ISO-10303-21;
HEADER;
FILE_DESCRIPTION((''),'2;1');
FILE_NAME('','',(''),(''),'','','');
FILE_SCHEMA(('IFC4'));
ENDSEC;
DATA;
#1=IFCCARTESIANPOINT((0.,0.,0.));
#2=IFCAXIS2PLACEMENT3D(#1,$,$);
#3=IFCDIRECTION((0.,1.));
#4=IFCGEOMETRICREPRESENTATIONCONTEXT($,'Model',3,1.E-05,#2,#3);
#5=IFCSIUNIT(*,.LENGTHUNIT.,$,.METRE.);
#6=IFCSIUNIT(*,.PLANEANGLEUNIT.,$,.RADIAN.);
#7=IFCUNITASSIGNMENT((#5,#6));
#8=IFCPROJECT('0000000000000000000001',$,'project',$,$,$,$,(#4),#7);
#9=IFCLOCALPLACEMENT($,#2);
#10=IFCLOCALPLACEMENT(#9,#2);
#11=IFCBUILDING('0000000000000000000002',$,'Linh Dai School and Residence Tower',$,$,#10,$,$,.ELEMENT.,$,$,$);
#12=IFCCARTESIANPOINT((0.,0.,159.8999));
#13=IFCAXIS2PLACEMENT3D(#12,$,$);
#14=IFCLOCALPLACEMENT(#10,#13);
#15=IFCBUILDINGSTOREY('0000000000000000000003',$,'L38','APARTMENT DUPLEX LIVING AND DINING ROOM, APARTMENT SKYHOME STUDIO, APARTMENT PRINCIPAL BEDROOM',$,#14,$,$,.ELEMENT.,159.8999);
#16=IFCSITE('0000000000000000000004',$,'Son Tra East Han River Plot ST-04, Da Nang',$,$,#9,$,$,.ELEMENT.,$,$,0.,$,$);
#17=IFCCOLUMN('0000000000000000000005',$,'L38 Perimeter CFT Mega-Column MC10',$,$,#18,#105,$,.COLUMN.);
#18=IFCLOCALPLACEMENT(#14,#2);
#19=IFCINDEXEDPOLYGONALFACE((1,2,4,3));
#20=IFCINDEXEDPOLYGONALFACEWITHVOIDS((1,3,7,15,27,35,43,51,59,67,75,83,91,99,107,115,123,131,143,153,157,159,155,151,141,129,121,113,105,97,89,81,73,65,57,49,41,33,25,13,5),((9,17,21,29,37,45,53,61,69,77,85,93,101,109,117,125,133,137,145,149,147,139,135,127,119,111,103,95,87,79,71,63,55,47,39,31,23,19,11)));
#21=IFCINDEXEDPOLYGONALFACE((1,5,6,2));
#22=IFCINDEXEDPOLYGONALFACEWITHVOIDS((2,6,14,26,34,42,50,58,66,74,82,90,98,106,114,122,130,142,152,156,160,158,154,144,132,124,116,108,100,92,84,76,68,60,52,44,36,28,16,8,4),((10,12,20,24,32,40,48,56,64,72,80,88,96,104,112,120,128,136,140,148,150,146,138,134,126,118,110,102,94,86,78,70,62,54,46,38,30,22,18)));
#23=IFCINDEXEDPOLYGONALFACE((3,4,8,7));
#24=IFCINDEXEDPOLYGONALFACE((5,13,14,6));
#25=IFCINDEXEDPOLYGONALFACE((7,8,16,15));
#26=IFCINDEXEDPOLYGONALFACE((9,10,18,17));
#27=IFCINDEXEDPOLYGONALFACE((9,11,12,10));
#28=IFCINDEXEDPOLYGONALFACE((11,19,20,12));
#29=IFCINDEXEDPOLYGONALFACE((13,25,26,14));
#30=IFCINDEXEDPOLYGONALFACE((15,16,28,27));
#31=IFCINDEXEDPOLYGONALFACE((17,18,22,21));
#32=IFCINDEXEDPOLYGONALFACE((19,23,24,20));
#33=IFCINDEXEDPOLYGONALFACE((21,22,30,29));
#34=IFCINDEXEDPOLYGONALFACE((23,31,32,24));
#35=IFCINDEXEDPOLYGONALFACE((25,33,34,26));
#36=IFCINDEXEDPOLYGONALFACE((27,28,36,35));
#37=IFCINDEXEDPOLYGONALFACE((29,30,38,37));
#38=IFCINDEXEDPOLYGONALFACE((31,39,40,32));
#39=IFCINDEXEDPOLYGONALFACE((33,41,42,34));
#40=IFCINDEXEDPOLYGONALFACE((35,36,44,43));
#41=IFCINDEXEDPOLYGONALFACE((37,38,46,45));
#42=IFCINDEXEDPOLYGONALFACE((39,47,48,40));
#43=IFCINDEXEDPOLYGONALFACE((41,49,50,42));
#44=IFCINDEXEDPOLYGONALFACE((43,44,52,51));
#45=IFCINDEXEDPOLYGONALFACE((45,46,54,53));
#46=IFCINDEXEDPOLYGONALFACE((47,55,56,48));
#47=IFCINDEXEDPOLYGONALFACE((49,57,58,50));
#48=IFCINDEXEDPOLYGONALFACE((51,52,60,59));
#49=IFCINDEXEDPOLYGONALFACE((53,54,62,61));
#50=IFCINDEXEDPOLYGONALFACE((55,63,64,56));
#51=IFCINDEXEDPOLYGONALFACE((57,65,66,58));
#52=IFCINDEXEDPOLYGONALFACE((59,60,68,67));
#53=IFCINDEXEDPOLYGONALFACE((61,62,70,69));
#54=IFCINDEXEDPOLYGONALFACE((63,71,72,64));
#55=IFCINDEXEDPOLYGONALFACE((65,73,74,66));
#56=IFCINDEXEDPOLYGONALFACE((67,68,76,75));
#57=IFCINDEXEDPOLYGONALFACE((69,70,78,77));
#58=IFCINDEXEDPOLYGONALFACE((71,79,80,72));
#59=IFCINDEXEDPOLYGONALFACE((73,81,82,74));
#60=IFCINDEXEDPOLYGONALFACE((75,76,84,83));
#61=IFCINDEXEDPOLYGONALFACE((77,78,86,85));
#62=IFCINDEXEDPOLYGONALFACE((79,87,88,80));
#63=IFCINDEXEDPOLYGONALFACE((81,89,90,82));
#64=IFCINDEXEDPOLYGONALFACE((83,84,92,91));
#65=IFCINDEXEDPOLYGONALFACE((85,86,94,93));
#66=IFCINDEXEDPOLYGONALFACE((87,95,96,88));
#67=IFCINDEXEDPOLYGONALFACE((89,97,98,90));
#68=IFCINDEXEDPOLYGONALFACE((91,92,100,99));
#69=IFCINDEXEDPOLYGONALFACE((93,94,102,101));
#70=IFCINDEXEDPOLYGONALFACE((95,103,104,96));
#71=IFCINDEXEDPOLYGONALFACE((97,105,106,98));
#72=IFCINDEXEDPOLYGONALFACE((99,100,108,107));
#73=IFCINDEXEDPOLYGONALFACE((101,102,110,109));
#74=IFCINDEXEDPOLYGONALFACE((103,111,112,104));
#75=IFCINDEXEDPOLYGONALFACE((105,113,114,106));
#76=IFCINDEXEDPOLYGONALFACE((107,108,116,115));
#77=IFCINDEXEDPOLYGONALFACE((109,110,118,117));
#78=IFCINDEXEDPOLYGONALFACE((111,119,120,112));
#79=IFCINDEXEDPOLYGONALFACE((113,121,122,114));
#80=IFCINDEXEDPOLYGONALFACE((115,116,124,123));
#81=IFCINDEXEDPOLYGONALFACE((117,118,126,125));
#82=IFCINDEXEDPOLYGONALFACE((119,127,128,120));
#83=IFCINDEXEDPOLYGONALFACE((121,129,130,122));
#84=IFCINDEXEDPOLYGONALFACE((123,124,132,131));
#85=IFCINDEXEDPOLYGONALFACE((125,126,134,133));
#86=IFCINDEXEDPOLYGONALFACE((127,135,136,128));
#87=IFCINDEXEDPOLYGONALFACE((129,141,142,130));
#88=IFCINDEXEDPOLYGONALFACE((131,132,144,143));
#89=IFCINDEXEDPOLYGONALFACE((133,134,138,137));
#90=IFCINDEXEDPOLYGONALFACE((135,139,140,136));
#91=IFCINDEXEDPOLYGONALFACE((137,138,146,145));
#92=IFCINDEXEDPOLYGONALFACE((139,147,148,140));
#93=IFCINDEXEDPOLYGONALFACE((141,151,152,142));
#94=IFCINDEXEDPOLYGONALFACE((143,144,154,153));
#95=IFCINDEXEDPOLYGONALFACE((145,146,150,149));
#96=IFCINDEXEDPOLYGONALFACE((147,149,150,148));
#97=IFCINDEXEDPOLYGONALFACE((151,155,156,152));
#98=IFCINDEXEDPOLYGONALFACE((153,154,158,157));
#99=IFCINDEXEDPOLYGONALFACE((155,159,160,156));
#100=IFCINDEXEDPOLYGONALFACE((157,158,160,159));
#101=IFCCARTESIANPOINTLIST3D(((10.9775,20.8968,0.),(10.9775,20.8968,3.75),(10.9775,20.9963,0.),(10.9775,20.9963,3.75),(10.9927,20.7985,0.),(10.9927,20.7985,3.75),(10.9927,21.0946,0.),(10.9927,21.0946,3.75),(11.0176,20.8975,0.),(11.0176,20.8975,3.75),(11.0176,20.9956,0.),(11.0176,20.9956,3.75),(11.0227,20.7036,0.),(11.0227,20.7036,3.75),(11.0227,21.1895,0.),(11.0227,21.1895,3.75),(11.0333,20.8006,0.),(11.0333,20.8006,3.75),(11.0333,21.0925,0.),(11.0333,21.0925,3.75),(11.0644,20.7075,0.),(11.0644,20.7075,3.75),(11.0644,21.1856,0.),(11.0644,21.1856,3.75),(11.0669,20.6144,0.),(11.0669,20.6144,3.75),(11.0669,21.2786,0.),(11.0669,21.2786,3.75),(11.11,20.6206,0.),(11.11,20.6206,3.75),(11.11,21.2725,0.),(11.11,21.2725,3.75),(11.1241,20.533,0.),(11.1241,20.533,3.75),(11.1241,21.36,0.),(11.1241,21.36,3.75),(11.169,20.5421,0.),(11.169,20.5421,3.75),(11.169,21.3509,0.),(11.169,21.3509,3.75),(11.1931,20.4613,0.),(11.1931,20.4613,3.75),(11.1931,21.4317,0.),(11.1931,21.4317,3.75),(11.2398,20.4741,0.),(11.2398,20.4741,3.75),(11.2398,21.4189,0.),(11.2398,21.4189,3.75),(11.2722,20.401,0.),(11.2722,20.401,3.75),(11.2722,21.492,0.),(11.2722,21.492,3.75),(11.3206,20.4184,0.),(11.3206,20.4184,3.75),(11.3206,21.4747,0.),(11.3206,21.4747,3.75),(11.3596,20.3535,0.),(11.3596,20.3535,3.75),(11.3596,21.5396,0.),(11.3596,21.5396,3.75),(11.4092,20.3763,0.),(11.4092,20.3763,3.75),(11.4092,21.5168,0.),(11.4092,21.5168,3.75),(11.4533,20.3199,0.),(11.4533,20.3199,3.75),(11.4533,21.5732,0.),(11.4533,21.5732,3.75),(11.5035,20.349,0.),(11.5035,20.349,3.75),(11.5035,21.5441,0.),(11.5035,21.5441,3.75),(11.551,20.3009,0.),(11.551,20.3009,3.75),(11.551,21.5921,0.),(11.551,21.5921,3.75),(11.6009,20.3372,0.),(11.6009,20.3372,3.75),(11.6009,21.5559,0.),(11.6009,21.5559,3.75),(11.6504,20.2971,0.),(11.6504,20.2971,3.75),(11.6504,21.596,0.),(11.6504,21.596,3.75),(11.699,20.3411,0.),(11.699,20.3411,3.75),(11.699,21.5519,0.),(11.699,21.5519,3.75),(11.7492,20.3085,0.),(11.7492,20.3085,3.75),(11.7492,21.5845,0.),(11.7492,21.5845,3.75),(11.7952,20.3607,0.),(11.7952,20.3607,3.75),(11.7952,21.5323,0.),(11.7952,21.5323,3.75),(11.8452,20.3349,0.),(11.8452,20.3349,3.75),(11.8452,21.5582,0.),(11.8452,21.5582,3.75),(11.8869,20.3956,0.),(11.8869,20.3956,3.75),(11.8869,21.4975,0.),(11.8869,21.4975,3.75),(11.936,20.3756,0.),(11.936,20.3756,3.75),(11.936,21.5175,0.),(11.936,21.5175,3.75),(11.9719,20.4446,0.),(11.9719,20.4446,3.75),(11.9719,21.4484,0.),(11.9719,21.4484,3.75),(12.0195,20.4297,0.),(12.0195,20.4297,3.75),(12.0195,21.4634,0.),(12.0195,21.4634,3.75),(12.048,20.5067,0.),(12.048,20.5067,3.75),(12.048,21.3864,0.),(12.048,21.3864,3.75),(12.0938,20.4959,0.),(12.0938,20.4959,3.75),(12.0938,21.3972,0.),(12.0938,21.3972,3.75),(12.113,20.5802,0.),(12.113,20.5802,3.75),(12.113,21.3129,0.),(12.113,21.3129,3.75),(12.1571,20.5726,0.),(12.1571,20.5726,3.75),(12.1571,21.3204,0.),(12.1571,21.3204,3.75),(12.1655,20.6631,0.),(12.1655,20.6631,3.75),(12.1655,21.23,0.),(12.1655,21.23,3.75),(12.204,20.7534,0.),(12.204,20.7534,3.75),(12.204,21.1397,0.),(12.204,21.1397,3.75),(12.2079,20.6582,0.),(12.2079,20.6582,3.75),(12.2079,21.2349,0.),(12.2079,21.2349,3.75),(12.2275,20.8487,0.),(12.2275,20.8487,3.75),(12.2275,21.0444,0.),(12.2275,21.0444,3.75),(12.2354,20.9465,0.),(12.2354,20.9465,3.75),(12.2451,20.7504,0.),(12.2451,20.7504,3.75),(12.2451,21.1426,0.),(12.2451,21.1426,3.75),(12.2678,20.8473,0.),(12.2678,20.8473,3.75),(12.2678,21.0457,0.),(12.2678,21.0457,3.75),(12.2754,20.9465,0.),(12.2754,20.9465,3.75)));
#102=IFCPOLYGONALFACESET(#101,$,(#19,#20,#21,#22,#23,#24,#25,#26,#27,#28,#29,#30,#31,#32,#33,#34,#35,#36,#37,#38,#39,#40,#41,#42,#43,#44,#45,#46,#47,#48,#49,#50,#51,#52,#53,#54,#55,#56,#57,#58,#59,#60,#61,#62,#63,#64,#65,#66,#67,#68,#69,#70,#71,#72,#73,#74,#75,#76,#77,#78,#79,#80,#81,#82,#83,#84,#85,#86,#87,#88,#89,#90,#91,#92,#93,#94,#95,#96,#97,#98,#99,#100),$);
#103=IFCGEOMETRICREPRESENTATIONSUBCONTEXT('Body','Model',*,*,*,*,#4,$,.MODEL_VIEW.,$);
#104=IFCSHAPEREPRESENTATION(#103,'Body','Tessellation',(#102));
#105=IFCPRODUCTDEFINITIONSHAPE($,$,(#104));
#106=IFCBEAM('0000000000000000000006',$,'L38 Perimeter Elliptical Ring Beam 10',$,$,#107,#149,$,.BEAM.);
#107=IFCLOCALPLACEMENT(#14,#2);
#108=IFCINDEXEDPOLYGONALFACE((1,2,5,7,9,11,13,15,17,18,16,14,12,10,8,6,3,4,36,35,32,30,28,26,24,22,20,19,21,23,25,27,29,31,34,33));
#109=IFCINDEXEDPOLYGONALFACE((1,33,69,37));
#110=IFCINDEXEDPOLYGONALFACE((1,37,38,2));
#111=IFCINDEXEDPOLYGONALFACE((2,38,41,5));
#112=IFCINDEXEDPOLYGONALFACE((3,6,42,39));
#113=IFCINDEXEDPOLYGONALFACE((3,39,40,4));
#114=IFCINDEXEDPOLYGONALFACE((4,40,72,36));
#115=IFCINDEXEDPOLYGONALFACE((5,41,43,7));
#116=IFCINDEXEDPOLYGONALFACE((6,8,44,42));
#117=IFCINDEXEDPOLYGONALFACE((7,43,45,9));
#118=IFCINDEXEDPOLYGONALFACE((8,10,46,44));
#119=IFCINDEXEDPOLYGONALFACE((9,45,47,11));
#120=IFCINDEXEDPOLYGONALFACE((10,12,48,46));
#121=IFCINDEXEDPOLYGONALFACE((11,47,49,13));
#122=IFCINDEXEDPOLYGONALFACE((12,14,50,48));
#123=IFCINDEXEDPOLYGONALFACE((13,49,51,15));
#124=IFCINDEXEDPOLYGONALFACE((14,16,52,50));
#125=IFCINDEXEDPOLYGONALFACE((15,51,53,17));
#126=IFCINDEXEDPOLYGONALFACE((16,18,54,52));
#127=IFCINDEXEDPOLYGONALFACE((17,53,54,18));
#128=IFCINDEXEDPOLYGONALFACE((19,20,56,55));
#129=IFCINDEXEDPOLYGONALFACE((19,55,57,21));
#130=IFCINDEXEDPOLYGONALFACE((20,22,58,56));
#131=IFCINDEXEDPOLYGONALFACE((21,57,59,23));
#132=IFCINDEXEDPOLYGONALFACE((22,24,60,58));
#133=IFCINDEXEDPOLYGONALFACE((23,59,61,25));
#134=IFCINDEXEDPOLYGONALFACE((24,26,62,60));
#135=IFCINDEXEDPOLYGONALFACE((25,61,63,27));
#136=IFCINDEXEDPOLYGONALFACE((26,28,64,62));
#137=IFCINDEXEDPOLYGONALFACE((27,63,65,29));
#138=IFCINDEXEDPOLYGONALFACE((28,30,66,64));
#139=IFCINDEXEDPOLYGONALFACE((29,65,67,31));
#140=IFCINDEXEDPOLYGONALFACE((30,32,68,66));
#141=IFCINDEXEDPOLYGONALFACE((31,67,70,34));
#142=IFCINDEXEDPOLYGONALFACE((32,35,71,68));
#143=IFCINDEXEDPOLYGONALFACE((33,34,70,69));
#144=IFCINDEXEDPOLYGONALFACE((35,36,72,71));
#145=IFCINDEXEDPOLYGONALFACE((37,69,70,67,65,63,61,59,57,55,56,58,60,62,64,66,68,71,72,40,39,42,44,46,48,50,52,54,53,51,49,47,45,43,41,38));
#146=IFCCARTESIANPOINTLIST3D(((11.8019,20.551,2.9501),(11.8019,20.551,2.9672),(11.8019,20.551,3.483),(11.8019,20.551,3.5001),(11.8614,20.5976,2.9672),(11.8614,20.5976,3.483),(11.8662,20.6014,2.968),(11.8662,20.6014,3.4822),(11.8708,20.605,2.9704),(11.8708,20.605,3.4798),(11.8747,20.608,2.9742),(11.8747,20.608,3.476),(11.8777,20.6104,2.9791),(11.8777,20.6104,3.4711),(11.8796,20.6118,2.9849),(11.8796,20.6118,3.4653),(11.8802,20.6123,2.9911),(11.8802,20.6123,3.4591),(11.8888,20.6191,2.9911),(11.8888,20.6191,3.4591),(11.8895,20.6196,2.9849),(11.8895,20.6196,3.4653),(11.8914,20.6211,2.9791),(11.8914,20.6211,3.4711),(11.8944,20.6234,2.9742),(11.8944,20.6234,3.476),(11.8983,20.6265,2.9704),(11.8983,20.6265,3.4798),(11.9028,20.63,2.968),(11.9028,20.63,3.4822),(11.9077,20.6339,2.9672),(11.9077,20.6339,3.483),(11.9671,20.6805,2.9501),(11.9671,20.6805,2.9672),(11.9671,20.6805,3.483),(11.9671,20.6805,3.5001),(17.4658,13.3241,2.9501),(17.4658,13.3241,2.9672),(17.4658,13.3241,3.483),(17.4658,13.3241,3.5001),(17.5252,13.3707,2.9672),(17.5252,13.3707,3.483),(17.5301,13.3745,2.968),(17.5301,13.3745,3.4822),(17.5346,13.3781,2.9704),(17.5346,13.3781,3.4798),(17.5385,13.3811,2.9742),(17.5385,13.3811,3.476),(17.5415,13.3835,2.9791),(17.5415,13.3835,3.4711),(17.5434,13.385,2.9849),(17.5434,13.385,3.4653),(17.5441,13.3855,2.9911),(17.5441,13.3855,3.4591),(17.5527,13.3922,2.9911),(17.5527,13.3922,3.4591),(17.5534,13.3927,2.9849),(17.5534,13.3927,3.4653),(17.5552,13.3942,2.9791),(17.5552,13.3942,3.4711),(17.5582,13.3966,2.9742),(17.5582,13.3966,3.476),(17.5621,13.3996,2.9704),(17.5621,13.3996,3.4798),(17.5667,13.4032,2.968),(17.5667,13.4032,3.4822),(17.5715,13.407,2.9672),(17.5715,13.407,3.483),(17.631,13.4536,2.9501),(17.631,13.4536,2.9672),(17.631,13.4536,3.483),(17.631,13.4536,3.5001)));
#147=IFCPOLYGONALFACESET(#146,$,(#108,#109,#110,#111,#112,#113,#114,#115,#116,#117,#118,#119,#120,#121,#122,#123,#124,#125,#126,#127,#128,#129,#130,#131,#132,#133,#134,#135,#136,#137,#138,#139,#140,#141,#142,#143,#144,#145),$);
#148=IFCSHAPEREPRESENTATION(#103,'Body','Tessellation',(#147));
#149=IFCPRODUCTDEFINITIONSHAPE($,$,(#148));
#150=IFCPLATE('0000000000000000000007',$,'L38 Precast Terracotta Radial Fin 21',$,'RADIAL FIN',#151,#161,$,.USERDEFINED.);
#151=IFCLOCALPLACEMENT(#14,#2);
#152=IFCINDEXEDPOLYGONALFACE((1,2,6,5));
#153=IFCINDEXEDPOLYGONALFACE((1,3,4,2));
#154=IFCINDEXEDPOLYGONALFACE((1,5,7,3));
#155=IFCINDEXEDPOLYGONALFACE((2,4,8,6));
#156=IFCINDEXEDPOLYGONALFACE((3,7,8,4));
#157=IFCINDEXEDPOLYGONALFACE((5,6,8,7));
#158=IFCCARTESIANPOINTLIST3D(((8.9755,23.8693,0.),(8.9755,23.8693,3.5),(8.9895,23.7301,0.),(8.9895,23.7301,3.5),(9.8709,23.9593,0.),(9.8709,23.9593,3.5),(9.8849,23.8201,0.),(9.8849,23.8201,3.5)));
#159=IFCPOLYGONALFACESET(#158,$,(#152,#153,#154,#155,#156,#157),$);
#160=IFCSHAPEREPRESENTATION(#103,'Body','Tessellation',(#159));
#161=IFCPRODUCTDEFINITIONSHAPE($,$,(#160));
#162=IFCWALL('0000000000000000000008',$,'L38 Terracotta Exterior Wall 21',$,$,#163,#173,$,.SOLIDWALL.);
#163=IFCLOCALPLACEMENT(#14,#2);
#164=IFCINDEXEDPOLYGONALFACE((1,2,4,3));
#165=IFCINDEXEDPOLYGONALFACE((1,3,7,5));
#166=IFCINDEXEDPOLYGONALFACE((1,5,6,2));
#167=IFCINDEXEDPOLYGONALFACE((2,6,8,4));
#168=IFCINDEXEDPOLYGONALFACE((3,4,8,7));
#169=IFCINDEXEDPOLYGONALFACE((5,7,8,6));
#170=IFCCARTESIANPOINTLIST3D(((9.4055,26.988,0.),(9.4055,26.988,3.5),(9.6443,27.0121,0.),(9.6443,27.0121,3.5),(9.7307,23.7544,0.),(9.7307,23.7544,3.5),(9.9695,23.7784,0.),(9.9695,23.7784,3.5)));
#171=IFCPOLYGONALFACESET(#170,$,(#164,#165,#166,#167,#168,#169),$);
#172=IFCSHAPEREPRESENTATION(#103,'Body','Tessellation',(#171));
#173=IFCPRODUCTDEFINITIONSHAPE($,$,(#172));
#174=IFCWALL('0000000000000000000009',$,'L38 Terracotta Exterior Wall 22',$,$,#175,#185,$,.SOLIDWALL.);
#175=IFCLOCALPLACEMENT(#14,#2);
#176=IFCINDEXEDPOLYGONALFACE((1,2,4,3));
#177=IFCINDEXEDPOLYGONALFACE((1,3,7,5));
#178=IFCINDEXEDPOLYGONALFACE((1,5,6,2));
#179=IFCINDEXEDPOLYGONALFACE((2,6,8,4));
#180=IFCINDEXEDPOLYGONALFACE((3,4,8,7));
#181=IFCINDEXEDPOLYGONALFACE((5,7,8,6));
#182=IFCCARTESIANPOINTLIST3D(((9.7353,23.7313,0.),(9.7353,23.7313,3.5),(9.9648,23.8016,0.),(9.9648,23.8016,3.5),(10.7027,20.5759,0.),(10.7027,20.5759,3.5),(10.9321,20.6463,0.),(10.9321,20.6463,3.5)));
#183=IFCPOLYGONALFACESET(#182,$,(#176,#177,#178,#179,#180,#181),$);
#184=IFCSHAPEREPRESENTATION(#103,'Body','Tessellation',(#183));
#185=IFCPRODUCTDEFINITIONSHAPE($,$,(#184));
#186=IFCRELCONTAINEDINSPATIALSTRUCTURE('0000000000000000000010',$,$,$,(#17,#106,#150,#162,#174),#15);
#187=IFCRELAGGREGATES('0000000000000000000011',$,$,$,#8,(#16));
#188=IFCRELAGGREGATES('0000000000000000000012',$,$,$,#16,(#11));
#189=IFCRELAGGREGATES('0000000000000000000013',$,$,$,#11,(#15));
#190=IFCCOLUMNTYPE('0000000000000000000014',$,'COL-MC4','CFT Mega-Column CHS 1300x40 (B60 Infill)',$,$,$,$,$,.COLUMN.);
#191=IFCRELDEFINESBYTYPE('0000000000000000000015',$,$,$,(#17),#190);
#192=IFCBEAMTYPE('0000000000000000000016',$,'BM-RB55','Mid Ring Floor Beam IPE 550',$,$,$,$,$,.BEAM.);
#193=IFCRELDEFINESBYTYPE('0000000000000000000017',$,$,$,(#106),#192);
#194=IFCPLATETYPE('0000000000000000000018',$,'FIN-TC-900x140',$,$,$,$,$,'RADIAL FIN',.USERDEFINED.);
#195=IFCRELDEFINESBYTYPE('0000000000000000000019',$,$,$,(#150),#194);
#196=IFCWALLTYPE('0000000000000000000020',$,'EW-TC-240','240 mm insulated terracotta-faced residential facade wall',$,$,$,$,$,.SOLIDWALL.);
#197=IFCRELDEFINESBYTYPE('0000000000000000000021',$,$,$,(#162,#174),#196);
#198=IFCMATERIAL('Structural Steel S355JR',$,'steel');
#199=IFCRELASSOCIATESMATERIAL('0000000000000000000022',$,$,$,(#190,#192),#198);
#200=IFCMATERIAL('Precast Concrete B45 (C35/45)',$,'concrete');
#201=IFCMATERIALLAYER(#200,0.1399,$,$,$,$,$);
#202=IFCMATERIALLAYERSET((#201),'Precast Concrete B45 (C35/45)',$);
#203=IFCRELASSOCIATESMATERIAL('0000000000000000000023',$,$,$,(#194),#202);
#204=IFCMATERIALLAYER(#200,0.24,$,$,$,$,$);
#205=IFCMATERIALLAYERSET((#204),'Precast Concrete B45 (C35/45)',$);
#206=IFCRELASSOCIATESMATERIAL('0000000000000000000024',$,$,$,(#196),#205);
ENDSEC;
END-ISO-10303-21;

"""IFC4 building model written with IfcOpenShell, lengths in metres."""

from ifc_helpers import new_model, si_unit, direction, frame, frame_2d, origin, origin_2d, place, context, subcontext, project, spatial, rectangle, hollow_circle, i_section, extrude, source, transform, mapped, material, layer, layer_set, material_profile, profile_set, type_object, element, save


model = new_model("IFC4")

# Units and contexts
model_context = context("Model", 3, precision=1e-05, world=origin(), true_north=direction((0.0, 1.0)))
body_context = subcontext(model_context, "Body", "Model", "MODEL_VIEW")
ifc_project = project(units=[si_unit("LENGTHUNIT", "METRE"), si_unit("PLANEANGLEUNIT", "RADIAN")], contexts=[model_context])

# Site, building, storey
site_placement = place(None, origin())
site = spatial("IfcSite", under=ifc_project, at=site_placement, Name="Son Tra East Han River Plot ST-04, Da Nang", CompositionType="ELEMENT", RefElevation=0.0)
building_placement = place(site_placement, origin())
building = spatial("IfcBuilding", under=site, at=building_placement, Name="Linh Dai School and Residence Tower", CompositionType="ELEMENT")
storey_placement = place(building_placement, frame((0.0, 0.0, 159.8999)))
storey = spatial("IfcBuildingStorey", under=building, at=storey_placement, Name="L38", Description="APARTMENT DUPLEX LIVING AND DINING ROOM, APARTMENT SKYHOME STUDIO, APARTMENT PRINCIPAL BEDROOM", CompositionType="ELEMENT", Elevation=159.8999)

# Column
ifc_material_1 = material(Name="Structural Steel S355JR", Category="steel")
ifc_material_profile_1 = material_profile(ifc_material_1, hollow_circle(Radius=0.6499, WallThickness=0.04, at=origin_2d()), Name="CHS 1300x40")
ifc_profile_set_1 = profile_set([ifc_material_profile_1], Name="Structural Steel S355JR")
column_type = type_object("IfcColumnType", Name="COL-MC4", Description="CFT Mega-Column CHS 1300x40 (B60 Infill)", PredefinedType="COLUMN", material=ifc_profile_set_1)
column_placement = place(storey_placement, frame((11.6255, 20.9465, 0.0), z_axis=(0.0, 0.0, 1.0), x_axis=(1.0, 0.0, 0.0)))
element("IfcColumn", 1, at=column_placement, inside=storey, type_object=column_type, Name="L38 Perimeter CFT Mega-Column MC10", PredefinedType="COLUMN", context=body_context, shape_type="SweptSolid", body=[
    extrude(hollow_circle(Radius=0.6499, WallThickness=0.04, at=origin_2d()), origin(), (0.0, 0.0, 1.0), 3.75),
])

# Beam
ifc_material_profile_2 = material_profile(ifc_material_1, i_section(OverallWidth=0.21, OverallDepth=0.55, WebThickness=0.011, FlangeThickness=0.0171, FilletRadius=0.0239, at=origin_2d()), Name="IPE 550")
ifc_profile_set_2 = profile_set([ifc_material_profile_2], Name="Structural Steel S355JR")
beam_type = type_object("IfcBeamType", Name="BM-RB55", Description="Mid Ring Floor Beam IPE 550", PredefinedType="BEAM", material=ifc_profile_set_2)
beam_placement = place(storey_placement, frame((11.8845, 20.6157, 3.2251), z_axis=(0.616852, -0.787079, 0.0), x_axis=(0.787079, 0.616852, 0.0)))
element("IfcBeam", 2, at=beam_placement, inside=storey, type_object=beam_type, Name="L38 Perimeter Elliptical Ring Beam 10", PredefinedType="BEAM", context=body_context, shape_type="SweptSolid", body=[
    extrude(i_section(OverallWidth=0.21, OverallDepth=0.55, WebThickness=0.011, FlangeThickness=0.0171, FilletRadius=0.0239, at=origin_2d()), origin(), (0.0, 0.0, 1.0), 9.1819),
])

# Plate
ifc_material_2 = material(Name="Precast Concrete B45 (C35/45)", Category="concrete")
ifc_layer_1 = layer(ifc_material_2, 0.1399)
ifc_layer_set_1 = layer_set([ifc_layer_1], Name="Precast Concrete B45 (C35/45)")
plate_type = type_object("IfcPlateType", Name="FIN-TC-900x140", ElementType="RADIAL FIN", PredefinedType="USERDEFINED", material=ifc_layer_set_1)
shared_shape_1 = source(origin(), body_context, "Body", "SweptSolid", [
    extrude(rectangle(XDim=0.8999, YDim=0.1399, at=origin_2d()), origin(), (0.0, 0.0, 1.0), 3.5),
])
plate_placement = place(storey_placement, frame((9.4302, 23.8447, 0.0), z_axis=(0.0, 0.0, 1.0), x_axis=(-0.994987, -0.100002, 0.0)))
element("IfcPlate", 3, at=plate_placement, inside=storey, type_object=plate_type, Name="L38 Precast Terracotta Radial Fin 21", ObjectType="RADIAL FIN", PredefinedType="USERDEFINED", context=body_context, shape_type="MappedRepresentation", body=[
    mapped(shared_shape_1, transform((0.0, 0.0, 0.0), x_axis=(1.0, 0.0, 0.0), y_axis=(0.0, 1.0, 0.0), z_axis=(0.0, 0.0, 1.0), scale=1.0)),
])

# Walls
ifc_layer_2 = layer(ifc_material_2, 0.24)
ifc_layer_set_2 = layer_set([ifc_layer_2], Name="Precast Concrete B45 (C35/45)")
wall_type_1 = type_object("IfcWallType", Name="EW-TC-240", Description="240 mm insulated terracotta-faced residential facade wall", PredefinedType="SOLIDWALL", material=ifc_layer_set_2)
wall_1_placement = place(storey_placement, frame((9.8501, 23.7664, 0.0), z_axis=(0.0, 0.0, 1.0), x_axis=(-0.100062, 0.994981, 0.0)))
element("IfcWall", 4, at=wall_1_placement, inside=storey, type_object=wall_type_1, Name="L38 Terracotta Exterior Wall 21", PredefinedType="SOLIDWALL", context=body_context, shape_type="SweptSolid", body=[
    extrude(rectangle(XDim=3.25, YDim=0.24, at=frame_2d((1.625, 0.0))), origin(), (0.0, 0.0, 1.0), 3.5),
])
wall_2_placement = place(storey_placement, frame((10.8174, 20.6111, 0.0), z_axis=(0.0, 0.0, 1.0), x_axis=(-0.293098, 0.956082, 0.0)))
element("IfcWall", 5, at=wall_2_placement, inside=storey, type_object=wall_type_1, Name="L38 Terracotta Exterior Wall 22", PredefinedType="SOLIDWALL", context=body_context, shape_type="SweptSolid", body=[
    extrude(rectangle(XDim=3.3003, YDim=0.24, at=frame_2d((1.6501, 0.0))), origin(), (0.0, 0.0, 1.0), 3.5),
])

save(model, "model.ifc")
